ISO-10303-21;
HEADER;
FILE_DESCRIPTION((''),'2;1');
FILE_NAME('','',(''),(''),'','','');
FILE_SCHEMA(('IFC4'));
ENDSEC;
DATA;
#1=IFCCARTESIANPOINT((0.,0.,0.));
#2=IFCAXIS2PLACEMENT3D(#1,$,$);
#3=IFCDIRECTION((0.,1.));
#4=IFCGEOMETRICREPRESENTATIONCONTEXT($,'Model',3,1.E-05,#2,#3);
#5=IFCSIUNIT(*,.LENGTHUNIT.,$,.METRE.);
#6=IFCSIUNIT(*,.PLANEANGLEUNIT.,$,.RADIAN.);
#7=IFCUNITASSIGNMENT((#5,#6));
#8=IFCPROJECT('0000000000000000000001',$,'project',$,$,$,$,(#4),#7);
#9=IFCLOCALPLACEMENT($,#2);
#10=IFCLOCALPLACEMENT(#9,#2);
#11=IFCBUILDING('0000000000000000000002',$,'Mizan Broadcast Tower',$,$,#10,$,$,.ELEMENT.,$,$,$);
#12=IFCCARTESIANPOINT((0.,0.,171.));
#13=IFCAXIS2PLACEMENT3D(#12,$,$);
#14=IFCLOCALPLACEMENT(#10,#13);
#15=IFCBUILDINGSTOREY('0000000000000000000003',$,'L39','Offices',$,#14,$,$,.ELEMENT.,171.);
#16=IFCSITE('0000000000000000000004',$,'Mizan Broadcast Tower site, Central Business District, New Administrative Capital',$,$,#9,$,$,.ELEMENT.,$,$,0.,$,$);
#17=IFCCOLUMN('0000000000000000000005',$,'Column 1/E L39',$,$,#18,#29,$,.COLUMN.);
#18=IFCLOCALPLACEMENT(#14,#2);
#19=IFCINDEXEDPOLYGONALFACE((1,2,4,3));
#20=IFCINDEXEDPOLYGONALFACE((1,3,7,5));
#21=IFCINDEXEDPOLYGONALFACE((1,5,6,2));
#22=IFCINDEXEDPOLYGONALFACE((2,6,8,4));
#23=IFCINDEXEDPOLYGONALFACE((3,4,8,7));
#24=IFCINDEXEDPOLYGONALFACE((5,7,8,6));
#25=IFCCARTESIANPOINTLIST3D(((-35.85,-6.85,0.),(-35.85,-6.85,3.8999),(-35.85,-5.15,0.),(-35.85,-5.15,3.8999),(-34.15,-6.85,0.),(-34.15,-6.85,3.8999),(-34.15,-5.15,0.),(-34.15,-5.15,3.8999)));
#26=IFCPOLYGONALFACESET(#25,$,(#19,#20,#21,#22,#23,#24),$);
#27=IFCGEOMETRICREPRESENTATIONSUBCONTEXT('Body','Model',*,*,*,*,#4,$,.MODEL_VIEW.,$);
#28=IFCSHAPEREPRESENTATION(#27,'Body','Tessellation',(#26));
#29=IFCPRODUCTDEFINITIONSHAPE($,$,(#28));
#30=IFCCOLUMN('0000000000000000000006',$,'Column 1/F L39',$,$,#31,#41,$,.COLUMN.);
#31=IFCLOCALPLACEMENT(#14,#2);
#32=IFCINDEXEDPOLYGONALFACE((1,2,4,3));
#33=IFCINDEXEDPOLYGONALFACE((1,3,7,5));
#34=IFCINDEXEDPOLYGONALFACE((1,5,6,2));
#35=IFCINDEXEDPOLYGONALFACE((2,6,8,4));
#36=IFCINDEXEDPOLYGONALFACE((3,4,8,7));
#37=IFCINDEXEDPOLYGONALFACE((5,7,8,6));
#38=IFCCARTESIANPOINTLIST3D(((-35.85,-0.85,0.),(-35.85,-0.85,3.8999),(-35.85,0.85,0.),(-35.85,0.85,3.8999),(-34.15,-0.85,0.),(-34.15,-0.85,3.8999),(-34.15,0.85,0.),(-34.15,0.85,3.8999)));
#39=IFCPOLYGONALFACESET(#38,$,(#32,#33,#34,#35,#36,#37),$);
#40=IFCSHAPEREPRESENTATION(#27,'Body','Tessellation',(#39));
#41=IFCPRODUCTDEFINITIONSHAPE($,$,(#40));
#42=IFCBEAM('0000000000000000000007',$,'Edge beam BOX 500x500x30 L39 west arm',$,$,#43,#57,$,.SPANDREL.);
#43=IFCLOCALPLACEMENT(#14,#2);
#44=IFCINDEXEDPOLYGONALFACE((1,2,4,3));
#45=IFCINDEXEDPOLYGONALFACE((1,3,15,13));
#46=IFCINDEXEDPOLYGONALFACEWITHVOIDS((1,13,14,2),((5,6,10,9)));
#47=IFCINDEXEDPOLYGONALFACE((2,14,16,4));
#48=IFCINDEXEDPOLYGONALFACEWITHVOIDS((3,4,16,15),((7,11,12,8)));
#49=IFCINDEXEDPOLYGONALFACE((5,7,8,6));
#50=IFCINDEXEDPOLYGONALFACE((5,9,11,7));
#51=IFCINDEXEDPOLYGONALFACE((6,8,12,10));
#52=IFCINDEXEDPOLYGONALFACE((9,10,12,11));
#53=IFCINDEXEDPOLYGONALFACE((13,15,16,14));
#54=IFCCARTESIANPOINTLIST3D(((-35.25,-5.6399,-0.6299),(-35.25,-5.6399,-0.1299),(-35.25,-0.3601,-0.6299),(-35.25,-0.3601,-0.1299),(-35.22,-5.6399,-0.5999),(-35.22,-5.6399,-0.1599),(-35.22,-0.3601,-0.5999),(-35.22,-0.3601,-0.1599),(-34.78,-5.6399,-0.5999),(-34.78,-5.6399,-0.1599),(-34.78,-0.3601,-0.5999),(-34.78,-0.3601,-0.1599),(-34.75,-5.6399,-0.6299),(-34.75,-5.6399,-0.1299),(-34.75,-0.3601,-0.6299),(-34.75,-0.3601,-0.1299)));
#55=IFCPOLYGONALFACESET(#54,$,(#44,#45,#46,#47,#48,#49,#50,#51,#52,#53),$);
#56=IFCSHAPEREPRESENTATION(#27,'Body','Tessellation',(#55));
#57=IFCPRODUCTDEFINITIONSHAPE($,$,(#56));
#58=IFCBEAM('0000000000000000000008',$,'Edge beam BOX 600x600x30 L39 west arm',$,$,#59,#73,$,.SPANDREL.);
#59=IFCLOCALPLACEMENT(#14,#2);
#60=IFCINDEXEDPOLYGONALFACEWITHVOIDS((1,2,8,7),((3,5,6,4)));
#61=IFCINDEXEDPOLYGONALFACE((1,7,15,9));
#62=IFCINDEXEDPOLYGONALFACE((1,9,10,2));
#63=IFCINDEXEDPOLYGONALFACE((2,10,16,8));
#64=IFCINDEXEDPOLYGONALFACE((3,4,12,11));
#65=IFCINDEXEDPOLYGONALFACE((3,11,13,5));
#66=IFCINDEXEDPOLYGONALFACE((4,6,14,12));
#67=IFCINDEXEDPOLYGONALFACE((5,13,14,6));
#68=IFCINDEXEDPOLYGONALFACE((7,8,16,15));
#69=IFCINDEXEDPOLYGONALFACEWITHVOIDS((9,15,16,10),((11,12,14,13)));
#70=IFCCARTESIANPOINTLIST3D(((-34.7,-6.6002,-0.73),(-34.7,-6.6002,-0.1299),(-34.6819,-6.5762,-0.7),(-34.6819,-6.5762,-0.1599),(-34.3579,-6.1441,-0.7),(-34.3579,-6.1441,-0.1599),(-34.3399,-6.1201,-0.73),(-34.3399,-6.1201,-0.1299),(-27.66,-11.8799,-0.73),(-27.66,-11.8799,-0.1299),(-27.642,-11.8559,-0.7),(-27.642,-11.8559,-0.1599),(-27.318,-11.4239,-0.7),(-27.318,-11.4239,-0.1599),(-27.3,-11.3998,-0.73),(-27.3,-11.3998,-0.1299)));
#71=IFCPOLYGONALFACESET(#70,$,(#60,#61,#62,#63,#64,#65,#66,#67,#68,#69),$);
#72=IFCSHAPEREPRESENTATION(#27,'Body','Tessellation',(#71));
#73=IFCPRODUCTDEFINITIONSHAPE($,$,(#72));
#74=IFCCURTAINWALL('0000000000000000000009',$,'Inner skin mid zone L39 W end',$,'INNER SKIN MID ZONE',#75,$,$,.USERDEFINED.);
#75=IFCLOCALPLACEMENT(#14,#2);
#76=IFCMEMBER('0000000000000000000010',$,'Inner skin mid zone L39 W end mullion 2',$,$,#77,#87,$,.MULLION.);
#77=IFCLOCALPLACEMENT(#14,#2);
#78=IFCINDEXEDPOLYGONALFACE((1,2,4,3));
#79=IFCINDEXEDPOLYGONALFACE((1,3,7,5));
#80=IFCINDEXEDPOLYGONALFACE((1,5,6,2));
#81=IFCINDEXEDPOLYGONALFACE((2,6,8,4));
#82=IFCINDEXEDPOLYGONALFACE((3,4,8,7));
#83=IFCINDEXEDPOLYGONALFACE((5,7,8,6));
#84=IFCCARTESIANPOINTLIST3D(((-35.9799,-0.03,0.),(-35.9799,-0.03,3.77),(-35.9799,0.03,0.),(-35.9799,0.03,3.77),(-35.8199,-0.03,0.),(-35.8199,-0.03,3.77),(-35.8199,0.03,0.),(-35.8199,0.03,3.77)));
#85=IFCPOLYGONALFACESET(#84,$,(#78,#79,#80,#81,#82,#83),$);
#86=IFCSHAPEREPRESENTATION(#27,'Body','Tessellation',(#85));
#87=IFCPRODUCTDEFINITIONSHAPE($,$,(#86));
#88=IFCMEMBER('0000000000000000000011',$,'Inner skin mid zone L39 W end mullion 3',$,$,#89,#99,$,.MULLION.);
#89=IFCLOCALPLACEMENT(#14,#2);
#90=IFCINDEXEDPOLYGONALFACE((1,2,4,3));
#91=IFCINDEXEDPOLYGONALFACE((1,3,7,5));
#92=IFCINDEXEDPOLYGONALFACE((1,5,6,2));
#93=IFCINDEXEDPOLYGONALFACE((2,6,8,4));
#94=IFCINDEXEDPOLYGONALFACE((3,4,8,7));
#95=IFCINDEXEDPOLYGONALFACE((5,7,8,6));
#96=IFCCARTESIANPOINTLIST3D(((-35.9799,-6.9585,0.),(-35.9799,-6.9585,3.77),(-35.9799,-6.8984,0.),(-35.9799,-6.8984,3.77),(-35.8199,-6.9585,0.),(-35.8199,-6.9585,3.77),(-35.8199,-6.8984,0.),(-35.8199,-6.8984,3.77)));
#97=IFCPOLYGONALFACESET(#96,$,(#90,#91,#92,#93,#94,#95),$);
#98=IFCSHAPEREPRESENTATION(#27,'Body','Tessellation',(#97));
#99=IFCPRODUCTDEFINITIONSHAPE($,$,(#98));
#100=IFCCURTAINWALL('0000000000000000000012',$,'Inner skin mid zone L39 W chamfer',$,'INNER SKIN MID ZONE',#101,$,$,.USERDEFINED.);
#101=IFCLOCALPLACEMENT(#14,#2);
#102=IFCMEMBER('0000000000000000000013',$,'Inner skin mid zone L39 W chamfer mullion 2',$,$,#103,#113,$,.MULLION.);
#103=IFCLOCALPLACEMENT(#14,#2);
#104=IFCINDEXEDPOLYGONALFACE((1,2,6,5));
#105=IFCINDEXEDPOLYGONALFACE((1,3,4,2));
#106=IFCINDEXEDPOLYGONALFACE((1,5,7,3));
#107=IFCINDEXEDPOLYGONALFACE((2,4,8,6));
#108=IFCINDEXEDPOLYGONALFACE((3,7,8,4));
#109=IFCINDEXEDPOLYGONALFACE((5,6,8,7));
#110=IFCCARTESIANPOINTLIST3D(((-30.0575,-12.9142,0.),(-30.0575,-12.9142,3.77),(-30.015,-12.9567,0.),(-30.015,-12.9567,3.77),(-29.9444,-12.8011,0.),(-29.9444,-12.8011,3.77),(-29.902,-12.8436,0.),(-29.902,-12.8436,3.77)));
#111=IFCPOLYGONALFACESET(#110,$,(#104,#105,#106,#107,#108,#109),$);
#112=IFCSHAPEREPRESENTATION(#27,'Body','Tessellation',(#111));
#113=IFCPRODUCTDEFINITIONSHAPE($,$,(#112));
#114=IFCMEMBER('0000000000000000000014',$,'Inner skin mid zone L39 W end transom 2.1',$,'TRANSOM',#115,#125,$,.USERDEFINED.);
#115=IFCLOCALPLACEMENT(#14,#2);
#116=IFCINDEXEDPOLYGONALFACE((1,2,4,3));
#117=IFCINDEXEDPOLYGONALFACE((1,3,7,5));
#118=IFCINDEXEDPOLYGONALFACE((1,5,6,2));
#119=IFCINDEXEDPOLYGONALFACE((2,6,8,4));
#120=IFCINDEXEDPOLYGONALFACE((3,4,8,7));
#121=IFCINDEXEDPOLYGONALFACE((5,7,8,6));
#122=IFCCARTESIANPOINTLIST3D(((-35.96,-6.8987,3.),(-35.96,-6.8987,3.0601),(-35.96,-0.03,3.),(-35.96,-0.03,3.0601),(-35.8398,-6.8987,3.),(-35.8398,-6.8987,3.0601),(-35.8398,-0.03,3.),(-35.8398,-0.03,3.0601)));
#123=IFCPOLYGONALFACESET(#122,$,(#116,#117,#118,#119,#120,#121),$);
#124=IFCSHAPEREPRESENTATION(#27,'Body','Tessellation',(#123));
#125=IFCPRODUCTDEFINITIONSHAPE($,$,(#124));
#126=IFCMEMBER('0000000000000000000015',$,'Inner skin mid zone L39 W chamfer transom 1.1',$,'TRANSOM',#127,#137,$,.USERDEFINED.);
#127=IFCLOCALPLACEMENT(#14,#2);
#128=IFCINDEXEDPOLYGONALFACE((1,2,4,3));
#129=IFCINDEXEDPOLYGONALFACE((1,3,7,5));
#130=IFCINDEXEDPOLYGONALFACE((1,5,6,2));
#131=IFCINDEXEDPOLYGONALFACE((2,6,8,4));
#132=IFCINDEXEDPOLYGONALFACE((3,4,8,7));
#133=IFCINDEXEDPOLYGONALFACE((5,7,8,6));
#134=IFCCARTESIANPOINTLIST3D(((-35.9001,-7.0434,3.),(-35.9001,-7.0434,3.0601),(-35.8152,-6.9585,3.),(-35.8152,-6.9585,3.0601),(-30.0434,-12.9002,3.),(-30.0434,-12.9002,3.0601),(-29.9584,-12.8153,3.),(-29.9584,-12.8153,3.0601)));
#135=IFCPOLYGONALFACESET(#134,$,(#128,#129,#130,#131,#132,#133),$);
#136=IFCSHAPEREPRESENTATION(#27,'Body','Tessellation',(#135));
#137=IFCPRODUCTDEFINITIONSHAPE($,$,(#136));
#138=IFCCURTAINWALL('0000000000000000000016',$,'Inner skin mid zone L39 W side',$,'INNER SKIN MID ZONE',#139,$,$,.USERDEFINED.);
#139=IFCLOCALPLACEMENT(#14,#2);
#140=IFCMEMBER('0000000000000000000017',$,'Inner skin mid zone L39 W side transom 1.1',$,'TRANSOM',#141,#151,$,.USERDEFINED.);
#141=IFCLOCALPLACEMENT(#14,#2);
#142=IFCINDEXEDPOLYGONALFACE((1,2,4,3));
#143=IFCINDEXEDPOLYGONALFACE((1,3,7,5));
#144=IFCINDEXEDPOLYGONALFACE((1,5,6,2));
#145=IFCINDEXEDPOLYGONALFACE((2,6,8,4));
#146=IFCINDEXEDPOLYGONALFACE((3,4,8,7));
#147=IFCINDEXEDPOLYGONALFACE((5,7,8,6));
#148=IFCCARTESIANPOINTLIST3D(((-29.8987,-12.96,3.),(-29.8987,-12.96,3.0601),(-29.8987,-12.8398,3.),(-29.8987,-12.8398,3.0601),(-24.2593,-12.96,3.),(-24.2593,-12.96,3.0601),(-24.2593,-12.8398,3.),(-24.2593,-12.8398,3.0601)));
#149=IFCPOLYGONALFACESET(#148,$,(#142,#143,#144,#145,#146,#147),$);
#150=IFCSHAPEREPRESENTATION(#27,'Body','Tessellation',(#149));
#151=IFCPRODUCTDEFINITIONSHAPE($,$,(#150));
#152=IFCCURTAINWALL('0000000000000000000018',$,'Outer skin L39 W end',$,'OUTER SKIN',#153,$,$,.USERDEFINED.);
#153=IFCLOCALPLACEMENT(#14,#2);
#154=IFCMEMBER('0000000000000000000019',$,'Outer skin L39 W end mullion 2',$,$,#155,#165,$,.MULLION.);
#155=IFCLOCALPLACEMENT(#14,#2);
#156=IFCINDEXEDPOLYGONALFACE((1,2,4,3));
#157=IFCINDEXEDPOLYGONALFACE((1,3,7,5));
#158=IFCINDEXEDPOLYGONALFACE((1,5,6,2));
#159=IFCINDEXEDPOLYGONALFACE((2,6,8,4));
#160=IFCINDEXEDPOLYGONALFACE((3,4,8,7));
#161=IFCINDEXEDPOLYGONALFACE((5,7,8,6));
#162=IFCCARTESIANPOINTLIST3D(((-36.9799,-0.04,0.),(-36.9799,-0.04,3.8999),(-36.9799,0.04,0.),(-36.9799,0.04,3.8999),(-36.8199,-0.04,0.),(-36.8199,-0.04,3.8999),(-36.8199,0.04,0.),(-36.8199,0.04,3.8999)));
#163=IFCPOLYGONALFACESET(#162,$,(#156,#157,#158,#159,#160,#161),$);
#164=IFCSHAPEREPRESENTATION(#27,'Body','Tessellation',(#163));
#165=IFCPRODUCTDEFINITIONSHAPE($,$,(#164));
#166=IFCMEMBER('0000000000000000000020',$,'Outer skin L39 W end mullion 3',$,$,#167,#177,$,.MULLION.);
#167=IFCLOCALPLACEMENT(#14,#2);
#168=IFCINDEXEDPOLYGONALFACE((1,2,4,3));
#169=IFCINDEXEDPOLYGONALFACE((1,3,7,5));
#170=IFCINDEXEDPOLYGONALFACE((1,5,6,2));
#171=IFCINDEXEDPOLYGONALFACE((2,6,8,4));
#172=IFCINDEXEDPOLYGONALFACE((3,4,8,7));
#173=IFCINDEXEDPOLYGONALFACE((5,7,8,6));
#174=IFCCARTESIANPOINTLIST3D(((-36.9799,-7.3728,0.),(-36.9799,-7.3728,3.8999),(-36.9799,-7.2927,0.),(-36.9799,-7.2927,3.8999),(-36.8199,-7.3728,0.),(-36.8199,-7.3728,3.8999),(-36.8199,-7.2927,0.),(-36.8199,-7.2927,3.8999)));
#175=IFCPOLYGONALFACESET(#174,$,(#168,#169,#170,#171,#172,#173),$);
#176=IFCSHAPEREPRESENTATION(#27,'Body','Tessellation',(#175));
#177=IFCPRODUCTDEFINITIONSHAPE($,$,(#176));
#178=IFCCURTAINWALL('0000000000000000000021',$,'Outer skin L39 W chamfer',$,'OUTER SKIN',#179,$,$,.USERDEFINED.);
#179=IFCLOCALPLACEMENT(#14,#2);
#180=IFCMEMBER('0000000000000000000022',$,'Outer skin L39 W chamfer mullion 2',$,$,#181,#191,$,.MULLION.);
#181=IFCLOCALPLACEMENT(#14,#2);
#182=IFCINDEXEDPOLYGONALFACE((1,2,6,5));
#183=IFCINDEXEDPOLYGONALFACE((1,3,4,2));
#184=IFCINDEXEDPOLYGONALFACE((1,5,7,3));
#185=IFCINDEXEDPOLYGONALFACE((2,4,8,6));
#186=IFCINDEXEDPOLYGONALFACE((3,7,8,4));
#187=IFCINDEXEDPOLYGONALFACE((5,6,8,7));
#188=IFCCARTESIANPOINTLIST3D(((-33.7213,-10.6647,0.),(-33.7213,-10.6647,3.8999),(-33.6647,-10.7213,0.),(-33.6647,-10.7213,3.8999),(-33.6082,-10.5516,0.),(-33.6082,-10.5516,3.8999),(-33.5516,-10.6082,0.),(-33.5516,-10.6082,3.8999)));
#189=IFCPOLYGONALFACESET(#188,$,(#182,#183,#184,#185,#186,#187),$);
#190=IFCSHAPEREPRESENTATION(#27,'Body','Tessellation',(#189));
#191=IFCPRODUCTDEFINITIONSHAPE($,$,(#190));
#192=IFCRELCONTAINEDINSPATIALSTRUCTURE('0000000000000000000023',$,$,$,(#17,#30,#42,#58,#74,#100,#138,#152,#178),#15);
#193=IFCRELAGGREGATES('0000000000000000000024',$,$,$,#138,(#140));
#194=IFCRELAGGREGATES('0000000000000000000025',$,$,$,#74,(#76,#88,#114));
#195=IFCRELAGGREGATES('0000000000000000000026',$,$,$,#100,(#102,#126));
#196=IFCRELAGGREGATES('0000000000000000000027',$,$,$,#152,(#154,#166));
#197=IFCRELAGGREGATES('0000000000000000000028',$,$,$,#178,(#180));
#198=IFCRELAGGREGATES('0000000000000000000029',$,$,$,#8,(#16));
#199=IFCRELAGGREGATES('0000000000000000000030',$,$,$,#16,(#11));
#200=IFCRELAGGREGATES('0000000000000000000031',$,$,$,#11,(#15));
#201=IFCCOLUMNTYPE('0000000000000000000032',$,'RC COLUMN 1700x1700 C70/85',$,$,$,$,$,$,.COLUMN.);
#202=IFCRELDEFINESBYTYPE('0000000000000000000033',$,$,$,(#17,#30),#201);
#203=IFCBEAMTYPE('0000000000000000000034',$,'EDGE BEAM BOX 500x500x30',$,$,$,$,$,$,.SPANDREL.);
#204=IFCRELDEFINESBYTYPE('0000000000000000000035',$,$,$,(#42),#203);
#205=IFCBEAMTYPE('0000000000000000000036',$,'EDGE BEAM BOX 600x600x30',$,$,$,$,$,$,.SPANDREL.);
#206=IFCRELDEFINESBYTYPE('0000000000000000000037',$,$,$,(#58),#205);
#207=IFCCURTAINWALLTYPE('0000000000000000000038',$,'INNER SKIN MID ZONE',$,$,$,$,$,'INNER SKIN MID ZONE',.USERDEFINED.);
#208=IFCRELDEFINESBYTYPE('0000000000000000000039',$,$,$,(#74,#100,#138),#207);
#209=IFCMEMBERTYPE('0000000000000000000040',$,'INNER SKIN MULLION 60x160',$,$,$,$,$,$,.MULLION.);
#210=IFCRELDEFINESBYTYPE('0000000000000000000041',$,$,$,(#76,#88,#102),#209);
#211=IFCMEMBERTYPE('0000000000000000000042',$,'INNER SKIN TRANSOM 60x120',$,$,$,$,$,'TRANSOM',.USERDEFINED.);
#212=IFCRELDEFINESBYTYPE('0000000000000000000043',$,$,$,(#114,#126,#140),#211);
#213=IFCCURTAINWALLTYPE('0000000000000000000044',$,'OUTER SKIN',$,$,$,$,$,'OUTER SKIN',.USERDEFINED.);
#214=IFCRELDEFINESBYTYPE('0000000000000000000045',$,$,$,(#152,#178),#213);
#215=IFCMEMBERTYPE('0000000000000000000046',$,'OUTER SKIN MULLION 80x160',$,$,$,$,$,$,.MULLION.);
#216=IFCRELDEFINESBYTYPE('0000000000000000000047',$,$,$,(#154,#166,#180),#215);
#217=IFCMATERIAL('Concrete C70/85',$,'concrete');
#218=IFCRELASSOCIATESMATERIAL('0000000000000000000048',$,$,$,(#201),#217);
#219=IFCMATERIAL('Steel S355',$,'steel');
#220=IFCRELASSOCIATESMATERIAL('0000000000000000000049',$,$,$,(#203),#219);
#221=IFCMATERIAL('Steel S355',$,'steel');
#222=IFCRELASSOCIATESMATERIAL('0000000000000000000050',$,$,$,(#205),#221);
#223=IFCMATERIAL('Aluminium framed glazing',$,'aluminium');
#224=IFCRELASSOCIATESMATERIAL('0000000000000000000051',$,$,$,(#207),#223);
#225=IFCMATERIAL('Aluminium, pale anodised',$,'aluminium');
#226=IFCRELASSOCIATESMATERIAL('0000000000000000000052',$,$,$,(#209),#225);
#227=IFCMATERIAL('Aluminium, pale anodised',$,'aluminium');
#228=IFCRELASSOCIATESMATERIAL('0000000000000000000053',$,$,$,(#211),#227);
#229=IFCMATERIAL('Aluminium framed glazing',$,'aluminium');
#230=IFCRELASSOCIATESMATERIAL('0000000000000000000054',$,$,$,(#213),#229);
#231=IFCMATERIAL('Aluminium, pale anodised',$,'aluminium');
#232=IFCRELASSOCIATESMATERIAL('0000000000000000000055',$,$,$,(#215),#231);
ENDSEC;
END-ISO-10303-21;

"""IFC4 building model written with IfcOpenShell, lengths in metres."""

from ifc_helpers import new_model, si_unit, direction, frame, origin, origin_2d, place, context, subcontext, project, spatial, rectangle, hollow_rectangle, extrude, material, material_profile, profile_set, type_object, element, aggregate, save


model = new_model("IFC4")

# Units and contexts
model_context = context("Model", 3, precision=1e-05, world=origin(), true_north=direction((0.0, 1.0)))
body_context = subcontext(model_context, "Body", "Model", "MODEL_VIEW")
ifc_project = project(units=[si_unit("LENGTHUNIT", "METRE"), si_unit("PLANEANGLEUNIT", "RADIAN")], contexts=[model_context])

# Site, building, storey
site_placement = place(None, origin())
site = spatial("IfcSite", under=ifc_project, at=site_placement, Name="Mizan Broadcast Tower site, Central Business District, New Administrative Capital", CompositionType="ELEMENT", RefElevation=0.0)
building_placement = place(site_placement, origin())
building = spatial("IfcBuilding", under=site, at=building_placement, Name="Mizan Broadcast Tower", CompositionType="ELEMENT")
storey_placement = place(building_placement, frame((0.0, 0.0, 171.0)))
storey = spatial("IfcBuildingStorey", under=building, at=storey_placement, Name="L39", Description="Offices", CompositionType="ELEMENT", Elevation=171.0)

# Columns
ifc_material_1 = material(Name="Concrete C70/85", Category="concrete")
ifc_material_profile_1 = material_profile(ifc_material_1, rectangle(XDim=1.7, YDim=1.7, at=origin_2d()), Name="RC 1700x1700")
ifc_profile_set_1 = profile_set([ifc_material_profile_1], Name="Concrete C70/85")
column_type = type_object("IfcColumnType", Name="RC COLUMN 1700x1700 C70/85", PredefinedType="COLUMN", material=ifc_profile_set_1)
for number, where, z_axis, x_axis, name in (
    (1, (-35.0, -6.0, 0.0), (0.0, 0.0, 1.0), (1.0, 0.0, 0.0), "Column 1/E L39"),
    (2, (-35.0, 0.0, 0.0), (0.0, 0.0, 1.0), (1.0, 0.0, 0.0), "Column 1/F L39"),
):
    element("IfcColumn", number, at=place(storey_placement, frame(where, z_axis=z_axis, x_axis=x_axis)), inside=storey, type_object=column_type, Name=name, PredefinedType="COLUMN", context=body_context, shape_type="SweptSolid", body=[
        extrude(rectangle(XDim=1.7, YDim=1.7, at=origin_2d()), origin(), (0.0, 0.0, 1.0), 3.8999),
    ])

# Beams
ifc_material_2 = material(Name="Steel S355", Category="steel")
ifc_material_profile_2 = material_profile(ifc_material_2, hollow_rectangle(XDim=0.5, YDim=0.5, WallThickness=0.03, at=origin_2d()), Name="BOX 500x500x30")
ifc_profile_set_2 = profile_set([ifc_material_profile_2], Name="Steel S355")
beam_type_1 = type_object("IfcBeamType", Name="EDGE BEAM BOX 500x500x30", PredefinedType="SPANDREL", material=ifc_profile_set_2)
beam_1_placement = place(storey_placement, frame((-35.0, -5.6399, -0.3799), z_axis=(0.0, 1.0, 0.0), x_axis=(-1.0, 0.0, 0.0)))
element("IfcBeam", 3, at=beam_1_placement, inside=storey, type_object=beam_type_1, Name="Edge beam BOX 500x500x30 L39 west arm", PredefinedType="SPANDREL", context=body_context, shape_type="SweptSolid", body=[
    extrude(hollow_rectangle(XDim=0.5, YDim=0.5, WallThickness=0.03, at=origin_2d()), origin(), (0.0, 0.0, 1.0), 5.2798),
])
ifc_material_3 = material(Name="Steel S355", Category="steel")
ifc_material_profile_3 = material_profile(ifc_material_3, hollow_rectangle(XDim=0.6001, YDim=0.6001, WallThickness=0.03, at=origin_2d()), Name="BOX 600x600x30")
ifc_profile_set_3 = profile_set([ifc_material_profile_3], Name="Steel S355")
beam_type_2 = type_object("IfcBeamType", Name="EDGE BEAM BOX 600x600x30", PredefinedType="SPANDREL", material=ifc_profile_set_3)
beam_2_placement = place(storey_placement, frame((-27.48, -11.6399, -0.4299), z_axis=(-0.800013, 0.599982, 0.0), x_axis=(-0.599982, -0.800013, 0.0)))
element("IfcBeam", 4, at=beam_2_placement, inside=storey, type_object=beam_type_2, Name="Edge beam BOX 600x600x30 L39 west arm", PredefinedType="SPANDREL", context=body_context, shape_type="SweptSolid", body=[
    extrude(hollow_rectangle(XDim=0.6001, YDim=0.6001, WallThickness=0.03, at=origin_2d()), origin(), (0.0, 0.0, 1.0), 8.7998),
])

# Curtain wall, members
ifc_material_4 = material(Name="Aluminium framed glazing", Category="aluminium")
curtain_wall_type_1 = type_object("IfcCurtainWallType", Name="INNER SKIN MID ZONE", ElementType="INNER SKIN MID ZONE", PredefinedType="USERDEFINED", material=ifc_material_4)
curtain_wall_1_placement = place(storey_placement, origin())
curtain_wall_1 = element("IfcCurtainWall", 5, at=curtain_wall_1_placement, inside=storey, type_object=curtain_wall_type_1, Name="Inner skin mid zone L39 W end", ObjectType="INNER SKIN MID ZONE", PredefinedType="USERDEFINED")
ifc_material_5 = material(Name="Aluminium, pale anodised", Category="aluminium")
ifc_material_profile_4 = material_profile(ifc_material_5, rectangle(XDim=0.1599, YDim=0.0601, at=origin_2d()), Name="MULLION 160x60")
ifc_profile_set_4 = profile_set([ifc_material_profile_4], Name="Aluminium, pale anodised")
member_type_1 = type_object("IfcMemberType", Name="INNER SKIN MULLION 60x160", PredefinedType="MULLION", material=ifc_profile_set_4)
member_1_placement = place(storey_placement, frame((-35.8999, 0.0, 0.0), z_axis=(0.0, 0.0, 1.0), x_axis=(1.0, 0.0, 0.0)))
member_1 = element("IfcMember", 6, at=member_1_placement, type_object=member_type_1, Name="Inner skin mid zone L39 W end mullion 2", PredefinedType="MULLION", context=body_context, shape_type="SweptSolid", body=[
    extrude(rectangle(XDim=0.1599, YDim=0.0601, at=origin_2d()), origin(), (0.0, 0.0, 1.0), 3.77),
])
member_2_placement = place(storey_placement, frame((-35.8999, -6.9285, 0.0), z_axis=(0.0, 0.0, 1.0), x_axis=(1.0, 0.0, 0.0)))
member_2 = element("IfcMember", 7, at=member_2_placement, type_object=member_type_1, Name="Inner skin mid zone L39 W end mullion 3", PredefinedType="MULLION", context=body_context, shape_type="SweptSolid", body=[
    extrude(rectangle(XDim=0.1599, YDim=0.0601, at=origin_2d()), origin(), (0.0, 0.0, 1.0), 3.77),
])

# Curtain wall, member
curtain_wall_2_placement = place(storey_placement, origin())
curtain_wall_2 = element("IfcCurtainWall", 8, at=curtain_wall_2_placement, inside=storey, type_object=curtain_wall_type_1, Name="Inner skin mid zone L39 W chamfer", ObjectType="INNER SKIN MID ZONE", PredefinedType="USERDEFINED")
member_3_placement = place(storey_placement, frame((-29.9797, -12.8789, 0.0), z_axis=(0.0, 0.0, 1.0), x_axis=(0.707107, 0.707107, 0.0)))
member_3 = element("IfcMember", 9, at=member_3_placement, type_object=member_type_1, Name="Inner skin mid zone L39 W chamfer mullion 2", PredefinedType="MULLION", context=body_context, shape_type="SweptSolid", body=[
    extrude(rectangle(XDim=0.1599, YDim=0.0601, at=origin_2d()), origin(), (0.0, 0.0, 1.0), 3.77),
])

# Members
ifc_material_6 = material(Name="Aluminium, pale anodised", Category="aluminium")
ifc_material_profile_5 = material_profile(ifc_material_6, rectangle(XDim=0.1201, YDim=0.0601, at=origin_2d()), Name="TRANSOM 120x60")
ifc_profile_set_5 = profile_set([ifc_material_profile_5], Name="Aluminium, pale anodised")
member_type_2 = type_object("IfcMemberType", Name="INNER SKIN TRANSOM 60x120", ElementType="TRANSOM", PredefinedType="USERDEFINED", material=ifc_profile_set_5)
member_4_placement = place(storey_placement, frame((-35.8999, -0.03, 3.03), z_axis=(0.0, -1.0, 0.0), x_axis=(1.0, 0.0, 0.0)))
member_4 = element("IfcMember", 10, at=member_4_placement, type_object=member_type_2, Name="Inner skin mid zone L39 W end transom 2.1", ObjectType="TRANSOM", PredefinedType="USERDEFINED", context=body_context, shape_type="SweptSolid", body=[
    extrude(rectangle(XDim=0.1201, YDim=0.0601, at=origin_2d()), origin(), (0.0, 0.0, 1.0), 6.8687),
])
member_5_placement = place(storey_placement, frame((-35.8577, -7.001, 3.03), z_axis=(0.707107, -0.707107, 0.0), x_axis=(0.707107, 0.707107, 0.0)))
member_5 = element("IfcMember", 11, at=member_5_placement, type_object=member_type_2, Name="Inner skin mid zone L39 W chamfer transom 1.1", ObjectType="TRANSOM", PredefinedType="USERDEFINED", context=body_context, shape_type="SweptSolid", body=[
    extrude(rectangle(XDim=0.1201, YDim=0.0601, at=origin_2d()), origin(), (0.0, 0.0, 1.0), 8.2827),
])

# Curtain wall, member
curtain_wall_3_placement = place(storey_placement, origin())
curtain_wall_3 = element("IfcCurtainWall", 12, at=curtain_wall_3_placement, inside=storey, type_object=curtain_wall_type_1, Name="Inner skin mid zone L39 W side", ObjectType="INNER SKIN MID ZONE", PredefinedType="USERDEFINED")
member_6_placement = place(storey_placement, frame((-29.8987, -12.8999, 3.03), z_axis=(1.0, 0.0, 0.0), x_axis=(0.0, 1.0, 0.0)))
member_6 = element("IfcMember", 13, at=member_6_placement, type_object=member_type_2, Name="Inner skin mid zone L39 W side transom 1.1", ObjectType="TRANSOM", PredefinedType="USERDEFINED", context=body_context, shape_type="SweptSolid", body=[
    extrude(rectangle(XDim=0.1201, YDim=0.0601, at=origin_2d()), origin(), (0.0, 0.0, 1.0), 5.6394),
])
aggregate(curtain_wall_3, [member_6])

# Curtain walls, members
ifc_material_7 = material(Name="Aluminium framed glazing", Category="aluminium")
curtain_wall_type_2 = type_object("IfcCurtainWallType", Name="OUTER SKIN", ElementType="OUTER SKIN", PredefinedType="USERDEFINED", material=ifc_material_7)
curtain_wall_4_placement = place(storey_placement, origin())
curtain_wall_4 = element("IfcCurtainWall", 14, at=curtain_wall_4_placement, inside=storey, type_object=curtain_wall_type_2, Name="Outer skin L39 W end", ObjectType="OUTER SKIN", PredefinedType="USERDEFINED")
ifc_material_8 = material(Name="Aluminium, pale anodised", Category="aluminium")
ifc_material_profile_6 = material_profile(ifc_material_8, rectangle(XDim=0.1599, YDim=0.0801, at=origin_2d()), Name="MULLION 160x80")
ifc_profile_set_6 = profile_set([ifc_material_profile_6], Name="Aluminium, pale anodised")
member_type_3 = type_object("IfcMemberType", Name="OUTER SKIN MULLION 80x160", PredefinedType="MULLION", material=ifc_profile_set_6)
member_7_placement = place(storey_placement, frame((-36.8999, 0.0, 0.0), z_axis=(0.0, 0.0, 1.0), x_axis=(1.0, 0.0, 0.0)))
member_7 = element("IfcMember", 15, at=member_7_placement, type_object=member_type_3, Name="Outer skin L39 W end mullion 2", PredefinedType="MULLION", context=body_context, shape_type="SweptSolid", body=[
    extrude(rectangle(XDim=0.1599, YDim=0.0801, at=origin_2d()), origin(), (0.0, 0.0, 1.0), 3.8999),
])
member_8_placement = place(storey_placement, frame((-36.8999, -7.3328, 0.0), z_axis=(0.0, 0.0, 1.0), x_axis=(1.0, 0.0, 0.0)))
member_8 = element("IfcMember", 16, at=member_8_placement, type_object=member_type_3, Name="Outer skin L39 W end mullion 3", PredefinedType="MULLION", context=body_context, shape_type="SweptSolid", body=[
    extrude(rectangle(XDim=0.1599, YDim=0.0801, at=origin_2d()), origin(), (0.0, 0.0, 1.0), 3.8999),
])
curtain_wall_5_placement = place(storey_placement, origin())
curtain_wall_5 = element("IfcCurtainWall", 17, at=curtain_wall_5_placement, inside=storey, type_object=curtain_wall_type_2, Name="Outer skin L39 W chamfer", ObjectType="OUTER SKIN", PredefinedType="USERDEFINED")
member_9_placement = place(storey_placement, frame((-33.6365, -10.6365, 0.0), z_axis=(0.0, 0.0, 1.0), x_axis=(0.707107, 0.707107, 0.0)))
member_9 = element("IfcMember", 18, at=member_9_placement, type_object=member_type_3, Name="Outer skin L39 W chamfer mullion 2", PredefinedType="MULLION", context=body_context, shape_type="SweptSolid", body=[
    extrude(rectangle(XDim=0.1599, YDim=0.0801, at=origin_2d()), origin(), (0.0, 0.0, 1.0), 3.8999),
])

aggregate(curtain_wall_1, [member_1, member_2, member_4])
aggregate(curtain_wall_2, [member_3, member_5])
aggregate(curtain_wall_4, [member_7, member_8])
aggregate(curtain_wall_5, [member_9])

save(model, "model.ifc")
